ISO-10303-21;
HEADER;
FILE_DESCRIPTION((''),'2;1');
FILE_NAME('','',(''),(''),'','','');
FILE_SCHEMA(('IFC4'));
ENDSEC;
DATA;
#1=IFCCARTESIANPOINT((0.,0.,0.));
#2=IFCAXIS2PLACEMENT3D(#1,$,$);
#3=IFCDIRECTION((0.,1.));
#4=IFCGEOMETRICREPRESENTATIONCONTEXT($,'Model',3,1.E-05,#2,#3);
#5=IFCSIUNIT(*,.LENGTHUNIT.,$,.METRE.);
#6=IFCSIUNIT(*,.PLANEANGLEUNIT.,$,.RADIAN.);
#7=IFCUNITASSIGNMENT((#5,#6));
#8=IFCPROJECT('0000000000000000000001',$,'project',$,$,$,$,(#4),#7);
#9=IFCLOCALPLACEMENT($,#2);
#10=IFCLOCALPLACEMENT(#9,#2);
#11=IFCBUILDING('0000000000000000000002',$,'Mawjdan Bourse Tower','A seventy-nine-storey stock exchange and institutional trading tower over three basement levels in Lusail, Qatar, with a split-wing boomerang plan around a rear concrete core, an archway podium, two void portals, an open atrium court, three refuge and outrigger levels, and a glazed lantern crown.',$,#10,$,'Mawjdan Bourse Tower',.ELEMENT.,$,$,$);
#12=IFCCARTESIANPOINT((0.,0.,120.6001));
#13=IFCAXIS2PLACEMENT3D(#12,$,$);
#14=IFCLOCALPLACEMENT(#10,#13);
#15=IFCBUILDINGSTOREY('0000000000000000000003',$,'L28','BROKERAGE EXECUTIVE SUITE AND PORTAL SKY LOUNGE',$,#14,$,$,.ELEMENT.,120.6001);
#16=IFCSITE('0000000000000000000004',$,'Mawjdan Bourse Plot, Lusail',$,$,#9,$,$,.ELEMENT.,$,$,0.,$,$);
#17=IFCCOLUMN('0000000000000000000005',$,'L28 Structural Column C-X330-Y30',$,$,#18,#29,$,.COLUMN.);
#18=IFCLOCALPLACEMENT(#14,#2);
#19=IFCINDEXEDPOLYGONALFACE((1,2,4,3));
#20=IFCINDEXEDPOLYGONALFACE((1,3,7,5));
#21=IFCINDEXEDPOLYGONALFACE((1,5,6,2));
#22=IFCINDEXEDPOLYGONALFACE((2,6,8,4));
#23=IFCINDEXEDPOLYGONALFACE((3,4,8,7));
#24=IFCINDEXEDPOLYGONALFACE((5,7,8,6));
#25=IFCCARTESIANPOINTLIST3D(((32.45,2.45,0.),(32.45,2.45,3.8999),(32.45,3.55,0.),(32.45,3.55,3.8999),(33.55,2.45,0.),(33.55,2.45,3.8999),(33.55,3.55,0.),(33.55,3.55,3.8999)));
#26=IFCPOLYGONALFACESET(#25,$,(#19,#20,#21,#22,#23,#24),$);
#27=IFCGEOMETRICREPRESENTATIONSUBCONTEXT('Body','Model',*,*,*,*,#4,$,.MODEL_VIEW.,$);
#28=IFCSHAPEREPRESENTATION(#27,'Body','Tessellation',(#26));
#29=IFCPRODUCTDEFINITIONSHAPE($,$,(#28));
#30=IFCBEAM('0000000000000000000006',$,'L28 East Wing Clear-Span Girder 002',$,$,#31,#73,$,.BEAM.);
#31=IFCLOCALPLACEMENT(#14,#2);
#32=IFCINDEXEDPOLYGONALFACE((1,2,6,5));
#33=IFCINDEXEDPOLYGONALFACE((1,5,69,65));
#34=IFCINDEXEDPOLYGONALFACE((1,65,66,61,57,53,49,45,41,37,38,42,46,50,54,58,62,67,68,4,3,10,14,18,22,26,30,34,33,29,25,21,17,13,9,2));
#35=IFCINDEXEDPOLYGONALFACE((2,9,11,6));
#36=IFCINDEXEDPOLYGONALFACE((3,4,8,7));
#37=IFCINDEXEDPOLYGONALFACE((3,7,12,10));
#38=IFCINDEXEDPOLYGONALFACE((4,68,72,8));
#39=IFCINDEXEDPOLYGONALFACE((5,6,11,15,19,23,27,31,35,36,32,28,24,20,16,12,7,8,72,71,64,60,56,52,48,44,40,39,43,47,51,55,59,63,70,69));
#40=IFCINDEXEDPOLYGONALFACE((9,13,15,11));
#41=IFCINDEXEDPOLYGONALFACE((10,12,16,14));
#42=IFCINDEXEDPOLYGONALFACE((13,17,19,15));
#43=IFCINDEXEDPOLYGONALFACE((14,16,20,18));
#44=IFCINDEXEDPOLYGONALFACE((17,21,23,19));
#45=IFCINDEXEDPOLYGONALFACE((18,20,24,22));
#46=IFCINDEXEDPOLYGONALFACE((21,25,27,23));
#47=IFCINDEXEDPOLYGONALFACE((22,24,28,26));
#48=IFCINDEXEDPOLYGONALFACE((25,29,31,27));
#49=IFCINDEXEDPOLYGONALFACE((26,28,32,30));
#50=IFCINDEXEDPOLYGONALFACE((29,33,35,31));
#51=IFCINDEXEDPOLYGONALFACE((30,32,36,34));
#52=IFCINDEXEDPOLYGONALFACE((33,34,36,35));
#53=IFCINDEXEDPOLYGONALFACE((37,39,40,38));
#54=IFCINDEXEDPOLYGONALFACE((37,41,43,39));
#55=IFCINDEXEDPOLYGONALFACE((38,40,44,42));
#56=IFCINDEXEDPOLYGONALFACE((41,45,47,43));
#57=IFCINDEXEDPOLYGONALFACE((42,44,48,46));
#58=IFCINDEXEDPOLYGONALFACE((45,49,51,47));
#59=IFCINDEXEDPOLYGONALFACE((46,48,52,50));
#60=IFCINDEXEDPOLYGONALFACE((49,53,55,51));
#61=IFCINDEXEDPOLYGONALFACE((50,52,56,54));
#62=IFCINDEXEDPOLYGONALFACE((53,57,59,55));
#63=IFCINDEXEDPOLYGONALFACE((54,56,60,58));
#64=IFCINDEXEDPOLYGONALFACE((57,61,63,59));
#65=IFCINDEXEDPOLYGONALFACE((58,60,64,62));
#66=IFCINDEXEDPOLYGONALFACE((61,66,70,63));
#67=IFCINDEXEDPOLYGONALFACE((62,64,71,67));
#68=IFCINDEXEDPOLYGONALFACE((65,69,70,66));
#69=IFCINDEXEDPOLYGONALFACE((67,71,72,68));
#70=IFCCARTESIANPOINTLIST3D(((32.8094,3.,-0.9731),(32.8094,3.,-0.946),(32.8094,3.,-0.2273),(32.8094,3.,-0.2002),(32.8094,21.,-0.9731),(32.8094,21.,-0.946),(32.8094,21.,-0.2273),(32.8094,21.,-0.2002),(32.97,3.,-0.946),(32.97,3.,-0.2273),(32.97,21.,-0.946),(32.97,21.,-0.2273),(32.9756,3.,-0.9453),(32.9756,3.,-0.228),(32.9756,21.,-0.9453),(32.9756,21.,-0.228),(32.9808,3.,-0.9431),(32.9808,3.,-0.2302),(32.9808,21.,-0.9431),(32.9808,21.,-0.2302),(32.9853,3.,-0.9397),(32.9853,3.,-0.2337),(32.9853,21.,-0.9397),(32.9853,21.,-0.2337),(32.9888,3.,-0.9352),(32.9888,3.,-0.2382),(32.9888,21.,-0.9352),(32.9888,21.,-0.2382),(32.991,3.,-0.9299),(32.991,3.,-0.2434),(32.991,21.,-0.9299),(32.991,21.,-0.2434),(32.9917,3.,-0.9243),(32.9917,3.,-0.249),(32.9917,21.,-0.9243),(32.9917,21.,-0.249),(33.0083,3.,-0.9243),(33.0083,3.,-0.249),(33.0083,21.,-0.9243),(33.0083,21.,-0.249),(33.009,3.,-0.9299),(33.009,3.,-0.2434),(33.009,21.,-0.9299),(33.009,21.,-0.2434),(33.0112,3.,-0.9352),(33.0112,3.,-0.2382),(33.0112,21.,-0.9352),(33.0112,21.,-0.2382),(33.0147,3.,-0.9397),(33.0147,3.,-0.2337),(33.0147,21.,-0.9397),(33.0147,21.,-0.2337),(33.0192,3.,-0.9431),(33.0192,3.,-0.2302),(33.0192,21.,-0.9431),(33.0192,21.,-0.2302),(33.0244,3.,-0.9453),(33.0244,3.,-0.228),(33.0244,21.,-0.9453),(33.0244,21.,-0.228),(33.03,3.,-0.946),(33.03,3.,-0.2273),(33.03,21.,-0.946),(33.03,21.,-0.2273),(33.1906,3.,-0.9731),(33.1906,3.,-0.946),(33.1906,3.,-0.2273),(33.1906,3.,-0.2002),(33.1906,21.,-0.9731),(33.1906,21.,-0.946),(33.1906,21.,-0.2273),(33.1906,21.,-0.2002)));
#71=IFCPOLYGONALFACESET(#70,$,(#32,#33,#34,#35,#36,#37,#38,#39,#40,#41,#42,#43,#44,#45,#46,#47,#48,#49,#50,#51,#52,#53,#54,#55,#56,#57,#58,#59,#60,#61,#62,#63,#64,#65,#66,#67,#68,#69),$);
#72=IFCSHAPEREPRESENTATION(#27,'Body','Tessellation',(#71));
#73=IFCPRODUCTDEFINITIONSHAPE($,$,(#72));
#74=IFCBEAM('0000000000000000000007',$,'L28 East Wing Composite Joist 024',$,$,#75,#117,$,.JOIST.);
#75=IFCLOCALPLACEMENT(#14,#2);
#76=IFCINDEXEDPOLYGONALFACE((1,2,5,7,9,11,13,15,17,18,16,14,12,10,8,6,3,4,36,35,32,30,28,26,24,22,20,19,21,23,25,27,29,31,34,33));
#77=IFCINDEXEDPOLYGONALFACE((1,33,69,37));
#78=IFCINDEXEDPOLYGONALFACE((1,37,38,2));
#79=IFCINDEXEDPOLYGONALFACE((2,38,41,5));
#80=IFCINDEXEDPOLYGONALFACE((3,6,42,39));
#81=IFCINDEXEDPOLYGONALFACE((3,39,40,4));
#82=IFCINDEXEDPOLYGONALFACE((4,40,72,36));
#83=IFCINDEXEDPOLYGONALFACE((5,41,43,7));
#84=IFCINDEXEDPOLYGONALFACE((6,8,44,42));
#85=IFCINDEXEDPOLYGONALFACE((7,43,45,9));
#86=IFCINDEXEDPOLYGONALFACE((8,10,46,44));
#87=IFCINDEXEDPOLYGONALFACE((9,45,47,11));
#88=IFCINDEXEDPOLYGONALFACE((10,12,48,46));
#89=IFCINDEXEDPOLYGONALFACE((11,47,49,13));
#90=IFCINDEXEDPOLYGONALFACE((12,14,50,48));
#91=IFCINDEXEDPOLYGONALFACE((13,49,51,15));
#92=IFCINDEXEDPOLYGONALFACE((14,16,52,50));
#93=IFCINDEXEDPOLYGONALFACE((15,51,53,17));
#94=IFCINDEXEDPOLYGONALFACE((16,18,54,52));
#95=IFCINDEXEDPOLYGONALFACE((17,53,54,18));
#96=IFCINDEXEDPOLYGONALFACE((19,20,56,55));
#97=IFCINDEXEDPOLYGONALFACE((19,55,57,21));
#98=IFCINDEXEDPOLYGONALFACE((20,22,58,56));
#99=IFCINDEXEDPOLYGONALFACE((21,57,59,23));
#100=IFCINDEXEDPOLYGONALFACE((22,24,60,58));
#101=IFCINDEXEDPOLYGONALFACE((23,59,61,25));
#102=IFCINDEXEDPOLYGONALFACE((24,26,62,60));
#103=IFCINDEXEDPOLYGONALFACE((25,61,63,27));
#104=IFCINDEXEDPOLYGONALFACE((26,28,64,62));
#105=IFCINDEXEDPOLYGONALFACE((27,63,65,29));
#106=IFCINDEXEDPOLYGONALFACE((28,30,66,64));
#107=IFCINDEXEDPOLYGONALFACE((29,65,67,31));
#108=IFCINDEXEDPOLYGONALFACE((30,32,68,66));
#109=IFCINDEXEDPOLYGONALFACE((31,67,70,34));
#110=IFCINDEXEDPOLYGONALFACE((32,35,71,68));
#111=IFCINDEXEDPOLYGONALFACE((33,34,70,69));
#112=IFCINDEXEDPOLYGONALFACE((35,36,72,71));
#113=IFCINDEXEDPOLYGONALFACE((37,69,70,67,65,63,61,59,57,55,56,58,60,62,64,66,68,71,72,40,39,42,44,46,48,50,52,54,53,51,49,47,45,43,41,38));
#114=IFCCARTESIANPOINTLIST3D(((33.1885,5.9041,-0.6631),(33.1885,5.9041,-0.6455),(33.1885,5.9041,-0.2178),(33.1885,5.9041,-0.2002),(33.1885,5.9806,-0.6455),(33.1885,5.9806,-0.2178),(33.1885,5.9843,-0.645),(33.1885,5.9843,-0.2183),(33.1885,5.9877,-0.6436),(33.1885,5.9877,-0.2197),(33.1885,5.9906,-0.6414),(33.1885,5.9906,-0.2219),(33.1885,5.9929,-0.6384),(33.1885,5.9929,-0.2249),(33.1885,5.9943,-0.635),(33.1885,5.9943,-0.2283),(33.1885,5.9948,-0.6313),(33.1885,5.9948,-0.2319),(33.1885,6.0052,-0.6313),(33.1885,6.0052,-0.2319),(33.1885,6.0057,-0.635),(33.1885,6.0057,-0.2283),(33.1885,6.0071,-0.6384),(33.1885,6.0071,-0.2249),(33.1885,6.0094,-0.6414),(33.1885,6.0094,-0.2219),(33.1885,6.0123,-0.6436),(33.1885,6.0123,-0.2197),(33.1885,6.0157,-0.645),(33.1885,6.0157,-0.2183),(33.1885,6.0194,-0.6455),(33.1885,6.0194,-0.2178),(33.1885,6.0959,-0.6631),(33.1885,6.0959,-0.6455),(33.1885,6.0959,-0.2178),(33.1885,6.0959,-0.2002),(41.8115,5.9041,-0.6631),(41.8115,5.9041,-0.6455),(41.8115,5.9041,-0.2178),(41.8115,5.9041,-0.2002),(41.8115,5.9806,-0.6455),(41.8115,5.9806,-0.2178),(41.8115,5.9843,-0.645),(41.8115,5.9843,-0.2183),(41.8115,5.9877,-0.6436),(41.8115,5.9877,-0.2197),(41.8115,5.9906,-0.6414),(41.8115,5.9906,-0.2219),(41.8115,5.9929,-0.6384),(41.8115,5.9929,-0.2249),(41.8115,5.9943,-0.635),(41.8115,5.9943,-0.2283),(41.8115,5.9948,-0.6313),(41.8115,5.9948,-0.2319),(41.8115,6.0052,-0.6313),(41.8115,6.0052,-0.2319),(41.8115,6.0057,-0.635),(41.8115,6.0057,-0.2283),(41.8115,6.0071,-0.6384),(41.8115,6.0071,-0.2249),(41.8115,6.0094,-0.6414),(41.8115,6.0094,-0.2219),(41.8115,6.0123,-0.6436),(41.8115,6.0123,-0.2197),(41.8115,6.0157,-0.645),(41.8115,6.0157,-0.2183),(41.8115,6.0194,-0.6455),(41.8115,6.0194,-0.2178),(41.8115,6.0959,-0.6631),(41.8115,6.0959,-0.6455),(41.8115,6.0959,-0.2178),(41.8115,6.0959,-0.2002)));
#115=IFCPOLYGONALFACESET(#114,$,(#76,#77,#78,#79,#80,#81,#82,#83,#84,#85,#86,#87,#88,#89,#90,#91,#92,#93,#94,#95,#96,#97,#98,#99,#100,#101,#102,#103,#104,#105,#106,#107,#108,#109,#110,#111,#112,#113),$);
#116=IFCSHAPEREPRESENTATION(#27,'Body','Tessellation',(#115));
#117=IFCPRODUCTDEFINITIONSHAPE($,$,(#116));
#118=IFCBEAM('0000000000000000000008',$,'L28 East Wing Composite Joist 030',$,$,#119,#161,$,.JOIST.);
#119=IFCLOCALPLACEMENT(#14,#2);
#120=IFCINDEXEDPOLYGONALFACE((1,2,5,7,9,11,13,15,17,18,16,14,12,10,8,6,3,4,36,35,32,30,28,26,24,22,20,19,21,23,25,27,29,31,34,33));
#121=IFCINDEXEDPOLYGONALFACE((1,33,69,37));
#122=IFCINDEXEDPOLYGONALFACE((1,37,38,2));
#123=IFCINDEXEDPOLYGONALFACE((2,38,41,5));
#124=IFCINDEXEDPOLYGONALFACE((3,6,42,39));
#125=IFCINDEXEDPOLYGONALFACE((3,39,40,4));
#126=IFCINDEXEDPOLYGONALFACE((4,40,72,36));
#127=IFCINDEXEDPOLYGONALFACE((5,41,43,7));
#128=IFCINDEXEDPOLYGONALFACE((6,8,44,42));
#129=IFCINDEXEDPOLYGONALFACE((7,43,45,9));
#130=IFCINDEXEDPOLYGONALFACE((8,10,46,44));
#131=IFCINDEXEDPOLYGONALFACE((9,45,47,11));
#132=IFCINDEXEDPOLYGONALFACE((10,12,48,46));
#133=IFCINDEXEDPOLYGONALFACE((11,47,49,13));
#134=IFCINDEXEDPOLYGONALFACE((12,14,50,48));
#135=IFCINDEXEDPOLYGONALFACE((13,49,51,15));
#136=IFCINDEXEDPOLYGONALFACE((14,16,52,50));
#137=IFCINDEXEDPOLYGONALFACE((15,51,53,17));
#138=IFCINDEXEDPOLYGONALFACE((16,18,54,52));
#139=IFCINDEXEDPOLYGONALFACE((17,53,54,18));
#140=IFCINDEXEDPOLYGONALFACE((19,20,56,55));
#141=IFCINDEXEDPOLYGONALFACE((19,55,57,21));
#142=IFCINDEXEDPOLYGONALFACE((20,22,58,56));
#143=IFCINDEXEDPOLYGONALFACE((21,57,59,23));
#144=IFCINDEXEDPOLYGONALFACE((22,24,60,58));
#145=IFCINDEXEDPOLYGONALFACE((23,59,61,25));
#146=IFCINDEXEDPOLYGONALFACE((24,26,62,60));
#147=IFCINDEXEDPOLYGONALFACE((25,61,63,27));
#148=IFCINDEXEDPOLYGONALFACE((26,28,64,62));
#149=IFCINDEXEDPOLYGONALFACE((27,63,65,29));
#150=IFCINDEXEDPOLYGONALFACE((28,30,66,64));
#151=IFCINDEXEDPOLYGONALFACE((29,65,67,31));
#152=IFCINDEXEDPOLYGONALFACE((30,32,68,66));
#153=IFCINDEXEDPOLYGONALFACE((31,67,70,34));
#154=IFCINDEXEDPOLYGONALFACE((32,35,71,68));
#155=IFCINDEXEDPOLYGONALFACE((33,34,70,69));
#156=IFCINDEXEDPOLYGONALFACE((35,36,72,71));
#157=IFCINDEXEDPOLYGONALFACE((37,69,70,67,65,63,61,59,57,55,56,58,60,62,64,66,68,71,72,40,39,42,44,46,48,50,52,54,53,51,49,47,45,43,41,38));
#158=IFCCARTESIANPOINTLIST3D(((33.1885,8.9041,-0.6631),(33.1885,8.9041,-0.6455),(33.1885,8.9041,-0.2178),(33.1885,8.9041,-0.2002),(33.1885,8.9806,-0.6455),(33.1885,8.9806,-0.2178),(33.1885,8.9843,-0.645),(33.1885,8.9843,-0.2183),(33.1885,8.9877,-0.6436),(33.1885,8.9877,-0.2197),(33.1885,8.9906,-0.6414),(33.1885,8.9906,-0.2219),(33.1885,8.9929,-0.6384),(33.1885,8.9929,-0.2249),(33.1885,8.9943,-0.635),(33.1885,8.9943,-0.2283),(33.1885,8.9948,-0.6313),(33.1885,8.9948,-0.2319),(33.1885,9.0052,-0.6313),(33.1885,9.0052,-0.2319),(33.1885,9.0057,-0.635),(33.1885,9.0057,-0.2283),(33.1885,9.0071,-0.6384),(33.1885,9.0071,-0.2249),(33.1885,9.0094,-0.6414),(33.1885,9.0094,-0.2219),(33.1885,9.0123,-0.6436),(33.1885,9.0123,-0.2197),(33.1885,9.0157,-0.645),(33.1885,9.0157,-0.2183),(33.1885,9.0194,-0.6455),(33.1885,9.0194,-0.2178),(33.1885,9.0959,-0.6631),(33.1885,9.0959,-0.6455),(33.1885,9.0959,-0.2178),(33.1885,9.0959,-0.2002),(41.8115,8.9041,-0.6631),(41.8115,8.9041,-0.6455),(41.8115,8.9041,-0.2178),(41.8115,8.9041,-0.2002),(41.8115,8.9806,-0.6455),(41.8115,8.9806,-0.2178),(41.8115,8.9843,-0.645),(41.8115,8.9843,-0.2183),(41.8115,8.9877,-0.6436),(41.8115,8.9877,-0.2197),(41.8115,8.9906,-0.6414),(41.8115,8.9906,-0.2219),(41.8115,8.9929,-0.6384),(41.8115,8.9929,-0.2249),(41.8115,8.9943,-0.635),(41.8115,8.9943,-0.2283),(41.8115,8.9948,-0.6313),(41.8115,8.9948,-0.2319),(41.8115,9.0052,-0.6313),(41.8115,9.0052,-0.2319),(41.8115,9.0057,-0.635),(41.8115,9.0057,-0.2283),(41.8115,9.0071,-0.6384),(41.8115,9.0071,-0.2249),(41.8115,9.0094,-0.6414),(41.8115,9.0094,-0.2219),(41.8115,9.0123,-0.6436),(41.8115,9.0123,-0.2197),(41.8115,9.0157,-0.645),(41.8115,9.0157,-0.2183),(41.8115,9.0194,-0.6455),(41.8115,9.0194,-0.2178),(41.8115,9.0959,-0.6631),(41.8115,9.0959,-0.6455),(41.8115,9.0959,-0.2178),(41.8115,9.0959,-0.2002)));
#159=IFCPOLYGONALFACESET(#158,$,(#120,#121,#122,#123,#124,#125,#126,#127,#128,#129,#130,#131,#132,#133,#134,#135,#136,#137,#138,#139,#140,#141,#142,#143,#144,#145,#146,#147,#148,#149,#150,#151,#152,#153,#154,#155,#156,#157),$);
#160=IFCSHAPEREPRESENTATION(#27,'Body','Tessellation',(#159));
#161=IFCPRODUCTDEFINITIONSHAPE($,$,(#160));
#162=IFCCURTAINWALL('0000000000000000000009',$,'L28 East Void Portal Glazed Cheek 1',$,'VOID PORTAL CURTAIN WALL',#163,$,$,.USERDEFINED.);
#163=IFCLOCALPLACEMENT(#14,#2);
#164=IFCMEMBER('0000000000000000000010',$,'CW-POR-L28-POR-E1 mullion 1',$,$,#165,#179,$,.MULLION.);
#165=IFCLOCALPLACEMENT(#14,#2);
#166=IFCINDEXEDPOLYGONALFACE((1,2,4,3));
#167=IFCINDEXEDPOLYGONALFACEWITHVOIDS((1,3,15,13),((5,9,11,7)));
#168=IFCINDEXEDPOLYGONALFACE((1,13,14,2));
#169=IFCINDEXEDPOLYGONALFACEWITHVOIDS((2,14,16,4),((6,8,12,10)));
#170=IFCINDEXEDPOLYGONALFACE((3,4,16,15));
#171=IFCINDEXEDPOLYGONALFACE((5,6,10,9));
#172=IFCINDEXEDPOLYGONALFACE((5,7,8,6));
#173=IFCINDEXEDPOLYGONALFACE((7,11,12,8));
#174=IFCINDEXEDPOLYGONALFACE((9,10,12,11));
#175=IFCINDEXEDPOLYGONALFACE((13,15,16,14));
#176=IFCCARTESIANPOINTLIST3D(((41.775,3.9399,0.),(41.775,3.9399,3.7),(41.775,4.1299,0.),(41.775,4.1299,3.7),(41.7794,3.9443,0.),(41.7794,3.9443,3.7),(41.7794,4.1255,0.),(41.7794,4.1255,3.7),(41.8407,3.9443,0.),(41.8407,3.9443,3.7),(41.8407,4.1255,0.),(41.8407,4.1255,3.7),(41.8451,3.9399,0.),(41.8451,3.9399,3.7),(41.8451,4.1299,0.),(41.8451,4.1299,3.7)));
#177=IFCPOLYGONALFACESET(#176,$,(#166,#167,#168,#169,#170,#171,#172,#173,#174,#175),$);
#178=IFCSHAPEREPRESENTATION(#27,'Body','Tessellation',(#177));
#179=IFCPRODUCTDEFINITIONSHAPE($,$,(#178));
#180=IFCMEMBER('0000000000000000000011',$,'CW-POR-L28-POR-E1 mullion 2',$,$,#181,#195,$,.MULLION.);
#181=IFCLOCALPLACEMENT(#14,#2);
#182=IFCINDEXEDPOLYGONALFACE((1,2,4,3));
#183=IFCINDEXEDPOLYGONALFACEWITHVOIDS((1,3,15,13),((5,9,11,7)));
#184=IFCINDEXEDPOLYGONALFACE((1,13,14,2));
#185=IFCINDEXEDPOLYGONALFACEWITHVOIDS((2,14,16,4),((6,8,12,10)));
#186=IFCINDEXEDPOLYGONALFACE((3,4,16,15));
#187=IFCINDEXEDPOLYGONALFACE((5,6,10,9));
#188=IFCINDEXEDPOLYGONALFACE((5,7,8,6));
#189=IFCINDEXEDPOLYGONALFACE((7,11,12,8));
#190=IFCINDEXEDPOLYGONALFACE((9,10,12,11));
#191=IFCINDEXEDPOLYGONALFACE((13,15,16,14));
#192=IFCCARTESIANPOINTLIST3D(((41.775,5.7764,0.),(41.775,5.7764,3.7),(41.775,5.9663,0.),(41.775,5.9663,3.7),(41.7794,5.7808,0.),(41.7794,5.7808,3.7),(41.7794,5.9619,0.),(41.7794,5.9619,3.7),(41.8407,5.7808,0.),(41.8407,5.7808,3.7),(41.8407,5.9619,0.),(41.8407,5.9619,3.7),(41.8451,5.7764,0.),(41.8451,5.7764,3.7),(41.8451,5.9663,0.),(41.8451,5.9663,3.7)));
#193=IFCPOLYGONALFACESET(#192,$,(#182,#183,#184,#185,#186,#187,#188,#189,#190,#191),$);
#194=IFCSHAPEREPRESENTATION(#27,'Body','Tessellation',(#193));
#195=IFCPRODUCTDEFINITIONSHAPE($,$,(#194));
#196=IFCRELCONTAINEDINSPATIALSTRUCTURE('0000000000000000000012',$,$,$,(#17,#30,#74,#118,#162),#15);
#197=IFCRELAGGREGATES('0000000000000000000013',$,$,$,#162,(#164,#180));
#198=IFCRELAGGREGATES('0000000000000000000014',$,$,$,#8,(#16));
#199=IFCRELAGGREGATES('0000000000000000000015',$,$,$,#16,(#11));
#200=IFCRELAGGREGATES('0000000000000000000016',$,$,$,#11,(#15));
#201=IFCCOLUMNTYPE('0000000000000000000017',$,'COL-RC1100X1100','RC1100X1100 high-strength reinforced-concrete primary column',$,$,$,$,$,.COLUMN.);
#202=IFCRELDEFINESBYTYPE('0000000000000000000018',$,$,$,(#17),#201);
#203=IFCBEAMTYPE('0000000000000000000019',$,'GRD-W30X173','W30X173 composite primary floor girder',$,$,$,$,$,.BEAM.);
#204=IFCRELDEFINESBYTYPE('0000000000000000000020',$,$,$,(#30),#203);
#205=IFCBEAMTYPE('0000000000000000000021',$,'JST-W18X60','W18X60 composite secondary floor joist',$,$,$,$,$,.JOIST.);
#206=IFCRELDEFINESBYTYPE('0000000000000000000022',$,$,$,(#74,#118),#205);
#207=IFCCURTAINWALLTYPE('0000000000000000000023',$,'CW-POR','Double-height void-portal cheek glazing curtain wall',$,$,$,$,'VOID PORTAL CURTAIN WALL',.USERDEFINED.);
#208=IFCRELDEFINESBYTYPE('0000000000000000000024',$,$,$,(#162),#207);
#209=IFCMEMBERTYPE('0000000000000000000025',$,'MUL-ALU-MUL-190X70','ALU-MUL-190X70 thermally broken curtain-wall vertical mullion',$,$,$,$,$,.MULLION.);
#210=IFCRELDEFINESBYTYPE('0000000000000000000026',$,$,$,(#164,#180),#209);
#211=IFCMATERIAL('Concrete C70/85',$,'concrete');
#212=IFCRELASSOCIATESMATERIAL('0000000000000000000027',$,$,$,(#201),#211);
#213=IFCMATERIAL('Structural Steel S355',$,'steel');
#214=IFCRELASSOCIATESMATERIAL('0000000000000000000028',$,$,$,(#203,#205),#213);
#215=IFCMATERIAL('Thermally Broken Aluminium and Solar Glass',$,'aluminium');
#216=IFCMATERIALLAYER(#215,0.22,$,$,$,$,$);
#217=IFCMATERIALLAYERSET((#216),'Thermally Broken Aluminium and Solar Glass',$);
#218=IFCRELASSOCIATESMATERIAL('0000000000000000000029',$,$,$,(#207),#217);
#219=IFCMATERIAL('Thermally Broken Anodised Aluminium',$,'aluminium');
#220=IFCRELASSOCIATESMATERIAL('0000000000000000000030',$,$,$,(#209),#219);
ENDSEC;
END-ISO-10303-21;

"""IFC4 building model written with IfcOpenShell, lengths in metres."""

from ifc_helpers import new_model, si_unit, direction, frame, origin, origin_2d, place, context, subcontext, project, spatial, rectangle, hollow_rectangle, i_section, extrude, material, layer, layer_set, material_profile, profile_set, type_object, element, aggregate, save


model = new_model("IFC4")

# Units and contexts
model_context = context("Model", 3, precision=1e-05, world=origin(), true_north=direction((0.0, 1.0)))
body_context = subcontext(model_context, "Body", "Model", "MODEL_VIEW")
ifc_project = project(units=[si_unit("LENGTHUNIT", "METRE"), si_unit("PLANEANGLEUNIT", "RADIAN")], contexts=[model_context])

# Site, building, storey
site_placement = place(None, origin())
site = spatial("IfcSite", under=ifc_project, at=site_placement, Name="Mawjdan Bourse Plot, Lusail", CompositionType="ELEMENT", RefElevation=0.0)
building_placement = place(site_placement, origin())
building = spatial("IfcBuilding", under=site, at=building_placement, Name="Mawjdan Bourse Tower", Description="A seventy-nine-storey stock exchange and institutional trading tower over three basement levels in Lusail, Qatar, with a split-wing boomerang plan around a rear concrete core, an archway podium, two void portals, an open atrium court, three refuge and outrigger levels, and a glazed lantern crown.", LongName="Mawjdan Bourse Tower", CompositionType="ELEMENT")
storey_placement = place(building_placement, frame((0.0, 0.0, 120.6001)))
storey = spatial("IfcBuildingStorey", under=building, at=storey_placement, Name="L28", Description="BROKERAGE EXECUTIVE SUITE AND PORTAL SKY LOUNGE", CompositionType="ELEMENT", Elevation=120.6001)

# Column
ifc_material_1 = material(Name="Concrete C70/85", Category="concrete")
ifc_material_profile_1 = material_profile(ifc_material_1, rectangle(XDim=1.1001, YDim=1.1001, at=origin_2d()), Name="RC1100X1100")
ifc_profile_set_1 = profile_set([ifc_material_profile_1], Name="Concrete C70/85")
column_type = type_object("IfcColumnType", Name="COL-RC1100X1100", Description="RC1100X1100 high-strength reinforced-concrete primary column", PredefinedType="COLUMN", material=ifc_profile_set_1)
column_placement = place(storey_placement, frame((33.0, 3.0, 0.0), z_axis=(0.0, 0.0, 1.0), x_axis=(1.0, 0.0, 0.0)))
element("IfcColumn", 1, at=column_placement, inside=storey, type_object=column_type, Name="L28 Structural Column C-X330-Y30", PredefinedType="COLUMN", context=body_context, shape_type="SweptSolid", body=[
    extrude(rectangle(XDim=1.1001, YDim=1.1001, at=origin_2d()), origin(), (0.0, 0.0, 1.0), 3.8999),
])

# Beams
ifc_material_2 = material(Name="Structural Steel S355", Category="steel")
ifc_material_profile_2 = material_profile(ifc_material_2, i_section(OverallWidth=0.3811, OverallDepth=0.7729, WebThickness=0.0166, FlangeThickness=0.0271, FilletRadius=0.0217, at=origin_2d()), Name="W30X173")
ifc_profile_set_2 = profile_set([ifc_material_profile_2], Name="Structural Steel S355")
beam_type_1 = type_object("IfcBeamType", Name="GRD-W30X173", Description="W30X173 composite primary floor girder", PredefinedType="BEAM", material=ifc_profile_set_2)
beam_1_placement = place(storey_placement, frame((33.0, 3.0, -0.5867), z_axis=(0.0, 1.0, 0.0), x_axis=(-1.0, 0.0, 0.0)))
element("IfcBeam", 2, at=beam_1_placement, inside=storey, type_object=beam_type_1, Name="L28 East Wing Clear-Span Girder 002", PredefinedType="BEAM", context=body_context, shape_type="SweptSolid", body=[
    extrude(i_section(OverallWidth=0.3811, OverallDepth=0.7729, WebThickness=0.0166, FlangeThickness=0.0271, FilletRadius=0.0217, at=origin_2d()), origin(), (0.0, 0.0, 1.0), 18.0),
])
ifc_material_profile_3 = material_profile(ifc_material_2, i_section(OverallWidth=0.1919, OverallDepth=0.4629, WebThickness=0.0105, FlangeThickness=0.0176, FilletRadius=0.0142, at=origin_2d()), Name="W18X60")
ifc_profile_set_3 = profile_set([ifc_material_profile_3], Name="Structural Steel S355")
beam_type_2 = type_object("IfcBeamType", Name="JST-W18X60", Description="W18X60 composite secondary floor joist", PredefinedType="JOIST", material=ifc_profile_set_3)
for number, where, z_axis, x_axis, name in (
    (3, (33.1885, 6.0, -0.4316), (1.0, 0.0, 0.0), (0.0, 1.0, 0.0), "L28 East Wing Composite Joist 024"),
    (4, (33.1885, 9.0, -0.4316), (1.0, 0.0, 0.0), (0.0, 1.0, 0.0), "L28 East Wing Composite Joist 030"),
):
    element("IfcBeam", number, at=place(storey_placement, frame(where, z_axis=z_axis, x_axis=x_axis)), inside=storey, type_object=beam_type_2, Name=name, PredefinedType="JOIST", context=body_context, shape_type="SweptSolid", body=[
        extrude(i_section(OverallWidth=0.1919, OverallDepth=0.4629, WebThickness=0.0105, FlangeThickness=0.0176, FilletRadius=0.0142, at=origin_2d()), origin(), (0.0, 0.0, 1.0), 8.623),
    ])

# Curtain wall, members
ifc_material_3 = material(Name="Thermally Broken Aluminium and Solar Glass", Category="aluminium")
ifc_layer_1 = layer(ifc_material_3, 0.22)
ifc_layer_set_1 = layer_set([ifc_layer_1], Name="Thermally Broken Aluminium and Solar Glass")
curtain_wall_type = type_object("IfcCurtainWallType", Name="CW-POR", Description="Double-height void-portal cheek glazing curtain wall", ElementType="VOID PORTAL CURTAIN WALL", PredefinedType="USERDEFINED", material=ifc_layer_set_1)
curtain_wall_placement = place(storey_placement, origin())
curtain_wall = element("IfcCurtainWall", 5, at=curtain_wall_placement, inside=storey, type_object=curtain_wall_type, Name="L28 East Void Portal Glazed Cheek 1", ObjectType="VOID PORTAL CURTAIN WALL", PredefinedType="USERDEFINED")
ifc_material_4 = material(Name="Thermally Broken Anodised Aluminium", Category="aluminium")
ifc_material_profile_4 = material_profile(ifc_material_4, hollow_rectangle(XDim=0.0701, YDim=0.1899, WallThickness=0.0044, at=origin_2d()), Name="ALU-MUL-190X70")
ifc_profile_set_4 = profile_set([ifc_material_profile_4], Name="Thermally Broken Anodised Aluminium")
member_type_1 = type_object("IfcMemberType", Name="MUL-ALU-MUL-190X70", Description="ALU-MUL-190X70 thermally broken curtain-wall vertical mullion", PredefinedType="MULLION", material=ifc_profile_set_4)
member_1_placement = place(storey_placement, frame((41.8101, 4.0349, 0.0), z_axis=(0.0, 0.0, 1.0), x_axis=(-1.0, 0.0, 0.0)))
member_1 = element("IfcMember", 6, at=member_1_placement, type_object=member_type_1, Name="CW-POR-L28-POR-E1 mullion 1", PredefinedType="MULLION", context=body_context, shape_type="SweptSolid", body=[
    extrude(hollow_rectangle(XDim=0.0701, YDim=0.1899, WallThickness=0.0044, at=origin_2d()), origin(), (0.0, 0.0, 1.0), 3.7),
])
member_2_placement = place(storey_placement, frame((41.8101, 5.8713, 0.0), z_axis=(0.0, 0.0, 1.0), x_axis=(-1.0, 0.0, 0.0)))
member_2 = element("IfcMember", 7, at=member_2_placement, type_object=member_type_1, Name="CW-POR-L28-POR-E1 mullion 2", PredefinedType="MULLION", context=body_context, shape_type="SweptSolid", body=[
    extrude(hollow_rectangle(XDim=0.0701, YDim=0.1899, WallThickness=0.0044, at=origin_2d()), origin(), (0.0, 0.0, 1.0), 3.7),
])

aggregate(curtain_wall, [member_1, member_2])

save(model, "model.ifc")
